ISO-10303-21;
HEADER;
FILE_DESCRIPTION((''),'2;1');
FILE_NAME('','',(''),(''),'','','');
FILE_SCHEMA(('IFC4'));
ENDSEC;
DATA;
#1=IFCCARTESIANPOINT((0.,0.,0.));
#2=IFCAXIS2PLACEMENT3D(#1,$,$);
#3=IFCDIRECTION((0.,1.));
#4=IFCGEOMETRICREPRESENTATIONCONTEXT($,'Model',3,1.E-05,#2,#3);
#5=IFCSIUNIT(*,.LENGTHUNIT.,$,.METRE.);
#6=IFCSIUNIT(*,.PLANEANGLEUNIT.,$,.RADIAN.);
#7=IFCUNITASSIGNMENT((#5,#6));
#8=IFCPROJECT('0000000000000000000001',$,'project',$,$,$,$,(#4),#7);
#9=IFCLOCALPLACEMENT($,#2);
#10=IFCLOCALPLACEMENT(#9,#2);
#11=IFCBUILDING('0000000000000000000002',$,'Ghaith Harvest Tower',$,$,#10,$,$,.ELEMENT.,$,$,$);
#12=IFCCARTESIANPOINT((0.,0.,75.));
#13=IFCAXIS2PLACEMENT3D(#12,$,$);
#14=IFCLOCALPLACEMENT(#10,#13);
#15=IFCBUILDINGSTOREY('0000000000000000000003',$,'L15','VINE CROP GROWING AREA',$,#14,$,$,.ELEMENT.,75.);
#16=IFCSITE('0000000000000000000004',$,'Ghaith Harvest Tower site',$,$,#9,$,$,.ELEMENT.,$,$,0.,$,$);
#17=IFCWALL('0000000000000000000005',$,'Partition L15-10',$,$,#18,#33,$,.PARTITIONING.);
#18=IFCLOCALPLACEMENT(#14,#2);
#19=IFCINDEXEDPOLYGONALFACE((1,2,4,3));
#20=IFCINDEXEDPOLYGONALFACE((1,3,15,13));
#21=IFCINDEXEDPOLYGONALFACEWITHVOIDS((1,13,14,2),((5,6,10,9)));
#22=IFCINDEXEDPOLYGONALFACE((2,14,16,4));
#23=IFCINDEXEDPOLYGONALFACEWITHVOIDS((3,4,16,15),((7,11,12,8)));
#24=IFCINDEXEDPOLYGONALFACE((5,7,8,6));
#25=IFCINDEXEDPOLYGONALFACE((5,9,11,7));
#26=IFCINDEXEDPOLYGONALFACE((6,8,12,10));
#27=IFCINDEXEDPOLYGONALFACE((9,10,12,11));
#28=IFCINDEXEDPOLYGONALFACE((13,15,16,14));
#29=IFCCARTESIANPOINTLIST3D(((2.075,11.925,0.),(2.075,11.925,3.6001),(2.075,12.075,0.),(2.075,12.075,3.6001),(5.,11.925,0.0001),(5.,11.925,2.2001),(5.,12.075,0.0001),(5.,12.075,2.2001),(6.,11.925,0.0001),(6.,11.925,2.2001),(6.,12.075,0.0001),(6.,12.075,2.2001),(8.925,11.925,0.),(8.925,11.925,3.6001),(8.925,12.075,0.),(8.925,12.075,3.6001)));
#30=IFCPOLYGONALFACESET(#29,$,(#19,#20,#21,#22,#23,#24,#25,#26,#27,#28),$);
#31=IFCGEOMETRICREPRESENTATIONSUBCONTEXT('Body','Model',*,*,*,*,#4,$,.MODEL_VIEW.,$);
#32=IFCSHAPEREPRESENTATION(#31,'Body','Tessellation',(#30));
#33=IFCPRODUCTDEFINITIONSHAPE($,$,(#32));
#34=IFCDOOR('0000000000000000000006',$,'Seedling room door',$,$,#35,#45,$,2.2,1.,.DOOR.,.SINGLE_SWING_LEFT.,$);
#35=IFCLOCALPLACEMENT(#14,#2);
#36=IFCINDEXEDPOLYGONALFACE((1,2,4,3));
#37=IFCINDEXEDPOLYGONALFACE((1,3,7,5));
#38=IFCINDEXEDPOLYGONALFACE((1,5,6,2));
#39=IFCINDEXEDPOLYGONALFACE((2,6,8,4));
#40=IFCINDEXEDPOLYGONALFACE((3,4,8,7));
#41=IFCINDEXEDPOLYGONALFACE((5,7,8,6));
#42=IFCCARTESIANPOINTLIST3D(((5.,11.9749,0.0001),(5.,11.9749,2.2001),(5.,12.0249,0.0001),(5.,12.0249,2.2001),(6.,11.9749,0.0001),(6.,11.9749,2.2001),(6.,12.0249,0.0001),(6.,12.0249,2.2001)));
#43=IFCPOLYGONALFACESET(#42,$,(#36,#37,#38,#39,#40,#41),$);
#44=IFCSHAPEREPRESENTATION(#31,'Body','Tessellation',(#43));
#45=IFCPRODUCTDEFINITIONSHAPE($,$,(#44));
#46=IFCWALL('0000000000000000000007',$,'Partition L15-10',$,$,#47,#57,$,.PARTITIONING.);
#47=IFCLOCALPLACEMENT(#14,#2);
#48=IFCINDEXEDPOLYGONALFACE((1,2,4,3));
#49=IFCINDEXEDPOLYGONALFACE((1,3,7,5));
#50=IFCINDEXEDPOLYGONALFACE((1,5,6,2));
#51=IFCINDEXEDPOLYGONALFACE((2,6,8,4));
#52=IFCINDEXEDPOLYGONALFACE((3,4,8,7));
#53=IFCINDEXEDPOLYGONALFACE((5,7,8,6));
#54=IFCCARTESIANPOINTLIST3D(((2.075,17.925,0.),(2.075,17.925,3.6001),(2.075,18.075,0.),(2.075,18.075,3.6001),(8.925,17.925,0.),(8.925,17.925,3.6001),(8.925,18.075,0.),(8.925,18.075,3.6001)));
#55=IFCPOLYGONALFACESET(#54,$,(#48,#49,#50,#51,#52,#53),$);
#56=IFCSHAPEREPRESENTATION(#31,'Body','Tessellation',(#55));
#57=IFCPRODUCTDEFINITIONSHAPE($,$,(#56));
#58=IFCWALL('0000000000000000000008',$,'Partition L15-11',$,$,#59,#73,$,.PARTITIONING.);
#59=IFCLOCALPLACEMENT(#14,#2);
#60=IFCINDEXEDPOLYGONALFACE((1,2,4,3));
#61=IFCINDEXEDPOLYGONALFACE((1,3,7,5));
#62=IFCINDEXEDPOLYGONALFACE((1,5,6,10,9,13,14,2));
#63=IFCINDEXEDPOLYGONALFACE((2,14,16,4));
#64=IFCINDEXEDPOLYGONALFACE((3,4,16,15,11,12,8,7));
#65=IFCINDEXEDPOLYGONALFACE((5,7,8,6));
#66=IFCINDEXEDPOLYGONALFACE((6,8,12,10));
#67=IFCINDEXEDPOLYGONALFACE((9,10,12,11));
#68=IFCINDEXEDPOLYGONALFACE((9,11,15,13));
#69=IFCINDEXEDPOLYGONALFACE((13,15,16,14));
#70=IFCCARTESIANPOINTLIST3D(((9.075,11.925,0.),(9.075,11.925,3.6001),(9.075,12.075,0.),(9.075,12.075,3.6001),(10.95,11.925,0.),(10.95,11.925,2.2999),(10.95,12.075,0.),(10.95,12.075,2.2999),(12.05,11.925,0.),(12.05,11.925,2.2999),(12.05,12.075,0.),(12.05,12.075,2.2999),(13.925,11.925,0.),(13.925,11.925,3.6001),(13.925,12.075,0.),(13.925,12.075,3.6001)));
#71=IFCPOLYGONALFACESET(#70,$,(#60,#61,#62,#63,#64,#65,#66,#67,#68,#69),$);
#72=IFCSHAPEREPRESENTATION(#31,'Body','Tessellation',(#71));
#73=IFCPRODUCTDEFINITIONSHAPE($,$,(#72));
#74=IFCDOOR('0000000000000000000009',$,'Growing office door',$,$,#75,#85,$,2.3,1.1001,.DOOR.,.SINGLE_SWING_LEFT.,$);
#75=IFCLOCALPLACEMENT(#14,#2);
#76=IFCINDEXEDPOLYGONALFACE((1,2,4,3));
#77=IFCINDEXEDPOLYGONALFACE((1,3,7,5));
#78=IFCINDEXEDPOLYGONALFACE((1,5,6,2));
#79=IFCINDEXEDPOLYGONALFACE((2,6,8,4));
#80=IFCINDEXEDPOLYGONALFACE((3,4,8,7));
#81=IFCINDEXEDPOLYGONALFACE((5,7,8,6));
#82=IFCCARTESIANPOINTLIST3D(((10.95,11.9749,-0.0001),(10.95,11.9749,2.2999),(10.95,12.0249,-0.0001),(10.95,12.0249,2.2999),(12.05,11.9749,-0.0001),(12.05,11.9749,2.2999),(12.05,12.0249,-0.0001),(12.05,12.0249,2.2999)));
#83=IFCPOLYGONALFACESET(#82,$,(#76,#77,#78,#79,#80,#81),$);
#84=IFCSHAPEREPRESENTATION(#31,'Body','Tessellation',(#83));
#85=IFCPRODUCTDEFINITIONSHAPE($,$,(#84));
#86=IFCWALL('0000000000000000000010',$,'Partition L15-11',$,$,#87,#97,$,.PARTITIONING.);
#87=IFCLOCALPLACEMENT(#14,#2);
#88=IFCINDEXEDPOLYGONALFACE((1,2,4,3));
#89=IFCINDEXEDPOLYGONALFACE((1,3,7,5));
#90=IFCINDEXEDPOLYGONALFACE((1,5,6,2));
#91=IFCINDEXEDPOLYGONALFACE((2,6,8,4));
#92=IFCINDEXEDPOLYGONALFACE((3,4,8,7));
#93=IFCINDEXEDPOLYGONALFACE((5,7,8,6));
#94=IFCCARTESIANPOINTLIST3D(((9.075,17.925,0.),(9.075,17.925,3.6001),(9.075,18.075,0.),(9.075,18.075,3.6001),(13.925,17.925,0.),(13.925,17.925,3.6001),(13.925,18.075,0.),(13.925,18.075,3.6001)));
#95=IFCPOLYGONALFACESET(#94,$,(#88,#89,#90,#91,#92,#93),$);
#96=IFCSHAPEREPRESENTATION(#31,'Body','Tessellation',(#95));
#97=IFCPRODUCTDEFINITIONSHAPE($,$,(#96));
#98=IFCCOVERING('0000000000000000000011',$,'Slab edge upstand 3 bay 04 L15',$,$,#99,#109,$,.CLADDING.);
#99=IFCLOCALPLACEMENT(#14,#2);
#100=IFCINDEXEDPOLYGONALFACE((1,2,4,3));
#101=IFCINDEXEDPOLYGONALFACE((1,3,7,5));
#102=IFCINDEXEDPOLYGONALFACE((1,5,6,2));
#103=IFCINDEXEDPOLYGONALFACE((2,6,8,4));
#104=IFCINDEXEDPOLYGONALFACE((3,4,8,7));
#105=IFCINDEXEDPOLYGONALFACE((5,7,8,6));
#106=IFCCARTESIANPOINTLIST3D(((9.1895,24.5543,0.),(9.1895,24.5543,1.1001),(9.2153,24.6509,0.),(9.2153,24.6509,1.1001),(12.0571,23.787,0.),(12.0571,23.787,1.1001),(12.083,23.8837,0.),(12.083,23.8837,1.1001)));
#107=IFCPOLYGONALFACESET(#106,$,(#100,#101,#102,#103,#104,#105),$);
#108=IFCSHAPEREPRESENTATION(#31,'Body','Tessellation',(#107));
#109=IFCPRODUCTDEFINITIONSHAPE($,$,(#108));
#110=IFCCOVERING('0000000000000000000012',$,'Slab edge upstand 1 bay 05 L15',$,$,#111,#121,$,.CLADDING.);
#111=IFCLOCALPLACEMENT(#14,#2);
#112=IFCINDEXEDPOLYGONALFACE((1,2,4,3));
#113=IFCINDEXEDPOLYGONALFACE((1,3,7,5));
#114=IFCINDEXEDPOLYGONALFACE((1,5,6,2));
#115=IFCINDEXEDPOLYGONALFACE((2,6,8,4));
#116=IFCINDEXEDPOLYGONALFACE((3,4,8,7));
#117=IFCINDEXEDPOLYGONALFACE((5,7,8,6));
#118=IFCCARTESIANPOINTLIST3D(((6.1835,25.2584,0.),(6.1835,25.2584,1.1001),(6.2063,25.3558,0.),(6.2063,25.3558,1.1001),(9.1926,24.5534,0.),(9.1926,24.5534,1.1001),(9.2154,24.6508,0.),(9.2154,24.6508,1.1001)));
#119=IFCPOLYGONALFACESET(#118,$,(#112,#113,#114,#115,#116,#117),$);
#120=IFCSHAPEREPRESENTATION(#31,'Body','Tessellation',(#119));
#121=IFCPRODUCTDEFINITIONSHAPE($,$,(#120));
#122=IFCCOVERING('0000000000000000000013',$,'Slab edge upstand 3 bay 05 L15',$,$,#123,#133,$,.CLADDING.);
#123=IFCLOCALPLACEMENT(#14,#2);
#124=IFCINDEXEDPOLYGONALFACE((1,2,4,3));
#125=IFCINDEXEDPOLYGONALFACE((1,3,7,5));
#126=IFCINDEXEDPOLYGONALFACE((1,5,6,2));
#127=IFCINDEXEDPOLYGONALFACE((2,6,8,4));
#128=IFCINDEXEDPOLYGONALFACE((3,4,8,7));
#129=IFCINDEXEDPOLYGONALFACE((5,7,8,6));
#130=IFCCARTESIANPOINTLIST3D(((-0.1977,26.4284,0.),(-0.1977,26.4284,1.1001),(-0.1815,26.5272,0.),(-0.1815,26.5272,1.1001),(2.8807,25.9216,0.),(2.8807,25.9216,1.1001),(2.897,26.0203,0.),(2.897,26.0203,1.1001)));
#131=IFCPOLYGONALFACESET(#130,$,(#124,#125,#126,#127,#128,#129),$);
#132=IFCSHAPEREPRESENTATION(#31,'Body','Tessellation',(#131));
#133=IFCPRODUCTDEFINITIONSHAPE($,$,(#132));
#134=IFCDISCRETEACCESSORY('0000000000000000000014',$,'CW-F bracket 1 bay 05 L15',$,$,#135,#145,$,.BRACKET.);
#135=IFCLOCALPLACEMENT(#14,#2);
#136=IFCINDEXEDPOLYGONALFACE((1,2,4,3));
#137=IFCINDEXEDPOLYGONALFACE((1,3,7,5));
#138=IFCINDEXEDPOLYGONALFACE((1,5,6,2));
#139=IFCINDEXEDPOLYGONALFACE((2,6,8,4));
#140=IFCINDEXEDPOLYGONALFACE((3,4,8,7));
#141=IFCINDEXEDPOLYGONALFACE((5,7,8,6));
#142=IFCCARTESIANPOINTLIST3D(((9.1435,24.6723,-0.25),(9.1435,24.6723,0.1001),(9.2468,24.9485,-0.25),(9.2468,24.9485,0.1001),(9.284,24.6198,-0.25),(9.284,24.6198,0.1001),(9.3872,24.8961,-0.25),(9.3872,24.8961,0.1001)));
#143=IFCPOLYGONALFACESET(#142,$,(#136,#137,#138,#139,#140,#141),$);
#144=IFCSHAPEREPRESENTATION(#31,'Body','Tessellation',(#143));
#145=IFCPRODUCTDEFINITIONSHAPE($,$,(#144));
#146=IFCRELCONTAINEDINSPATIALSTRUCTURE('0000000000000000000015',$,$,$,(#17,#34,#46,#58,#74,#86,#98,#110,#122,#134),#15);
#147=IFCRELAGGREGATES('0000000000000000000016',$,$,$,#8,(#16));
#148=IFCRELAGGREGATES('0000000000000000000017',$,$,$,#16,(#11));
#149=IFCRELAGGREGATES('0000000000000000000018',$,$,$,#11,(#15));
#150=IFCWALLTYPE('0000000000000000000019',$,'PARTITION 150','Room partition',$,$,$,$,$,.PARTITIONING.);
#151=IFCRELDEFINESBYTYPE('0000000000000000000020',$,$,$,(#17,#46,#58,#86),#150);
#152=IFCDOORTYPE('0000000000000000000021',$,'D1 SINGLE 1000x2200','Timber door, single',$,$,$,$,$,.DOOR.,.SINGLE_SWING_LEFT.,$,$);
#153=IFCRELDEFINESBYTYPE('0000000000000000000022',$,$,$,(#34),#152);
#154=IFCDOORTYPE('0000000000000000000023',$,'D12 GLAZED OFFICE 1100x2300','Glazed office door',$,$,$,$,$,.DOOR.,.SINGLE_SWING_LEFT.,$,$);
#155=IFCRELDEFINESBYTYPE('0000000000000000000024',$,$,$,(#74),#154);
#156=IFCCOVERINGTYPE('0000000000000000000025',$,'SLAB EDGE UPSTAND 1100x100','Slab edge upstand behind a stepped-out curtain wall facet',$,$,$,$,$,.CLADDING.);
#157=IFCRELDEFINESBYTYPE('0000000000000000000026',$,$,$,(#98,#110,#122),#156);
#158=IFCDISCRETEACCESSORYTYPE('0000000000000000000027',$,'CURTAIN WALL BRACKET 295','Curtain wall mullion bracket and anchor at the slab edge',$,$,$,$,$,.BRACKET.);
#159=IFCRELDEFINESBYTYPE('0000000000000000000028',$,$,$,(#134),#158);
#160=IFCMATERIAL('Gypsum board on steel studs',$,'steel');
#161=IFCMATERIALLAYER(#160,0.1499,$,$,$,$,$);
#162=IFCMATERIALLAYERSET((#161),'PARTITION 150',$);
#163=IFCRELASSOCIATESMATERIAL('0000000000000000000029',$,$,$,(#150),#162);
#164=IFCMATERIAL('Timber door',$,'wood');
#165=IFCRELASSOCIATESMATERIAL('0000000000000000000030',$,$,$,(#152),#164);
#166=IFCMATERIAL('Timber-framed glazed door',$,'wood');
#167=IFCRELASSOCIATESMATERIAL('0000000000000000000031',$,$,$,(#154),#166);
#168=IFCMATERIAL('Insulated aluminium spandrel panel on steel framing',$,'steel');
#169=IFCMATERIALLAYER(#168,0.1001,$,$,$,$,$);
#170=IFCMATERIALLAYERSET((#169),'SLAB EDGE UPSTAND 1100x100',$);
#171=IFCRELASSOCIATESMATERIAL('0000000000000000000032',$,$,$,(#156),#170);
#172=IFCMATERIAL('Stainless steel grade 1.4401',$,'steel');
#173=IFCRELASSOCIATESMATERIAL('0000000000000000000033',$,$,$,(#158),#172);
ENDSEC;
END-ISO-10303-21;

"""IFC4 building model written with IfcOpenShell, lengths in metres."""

from ifc_helpers import new_model, si_unit, direction, frame, frame_2d, origin, origin_2d, place, context, subcontext, project, spatial, rectangle, extrude, material, layer, layer_set, type_object, element, fill, save


model = new_model("IFC4")

# Units and contexts
model_context = context("Model", 3, precision=1e-05, world=origin(), true_north=direction((0.0, 1.0)))
body_context = subcontext(model_context, "Body", "Model", "MODEL_VIEW")
ifc_project = project(units=[si_unit("LENGTHUNIT", "METRE"), si_unit("PLANEANGLEUNIT", "RADIAN")], contexts=[model_context])

# Site, building, storey
site_placement = place(None, origin())
site = spatial("IfcSite", under=ifc_project, at=site_placement, Name="Ghaith Harvest Tower site", CompositionType="ELEMENT", RefElevation=0.0)
building_placement = place(site_placement, origin())
building = spatial("IfcBuilding", under=site, at=building_placement, Name="Ghaith Harvest Tower", CompositionType="ELEMENT")
storey_placement = place(building_placement, frame((0.0, 0.0, 75.0)))
storey = spatial("IfcBuildingStorey", under=building, at=storey_placement, Name="L15", Description="VINE CROP GROWING AREA", CompositionType="ELEMENT", Elevation=75.0)

# Shared definitions
ifc_material_1 = material(Name="Gypsum board on steel studs", Category="steel")
ifc_layer_1 = layer(ifc_material_1, 0.1499)
ifc_layer_set_1 = layer_set([ifc_layer_1], Name="PARTITION 150")
wall_type = type_object("IfcWallType", Name="PARTITION 150", Description="Room partition", PredefinedType="PARTITIONING", material=ifc_layer_set_1)

# Wall, opening, door
wall_1_placement = place(storey_placement, frame((2.075, 12.0, 0.0), z_axis=(0.0, 0.0, 1.0), x_axis=(1.0, 0.0, 0.0)))
wall_1 = element("IfcWall", 1, at=wall_1_placement, inside=storey, type_object=wall_type, Name="Partition L15-10", PredefinedType="PARTITIONING", context=body_context, shape_type="SweptSolid", body=[
    extrude(rectangle(XDim=6.8501, YDim=0.1499, at=frame_2d((3.425, 0.0))), origin(), (0.0, 0.0, 1.0), 3.6001),
])
opening_1_placement = place(wall_1_placement, frame((2.925, 0.0, 0.0)))
opening_1 = element("IfcOpeningElement", 2, at=opening_1_placement, cuts=wall_1, PredefinedType="OPENING", context=body_context, shape_type="SweptSolid", body=[
    extrude(rectangle(XDim=1.0, YDim=2.2, at=frame_2d((0.5, 1.1001))), frame((0.0, 0.085, 0.0), z_axis=(0.0, -1.0, 0.0), x_axis=(1.0, 0.0, 0.0)), (0.0, 0.0, 1.0), 0.1699),
])
ifc_material_2 = material(Name="Timber door", Category="wood")
door_type_1 = type_object("IfcDoorType", Name="D1 SINGLE 1000x2200", Description="Timber door, single", OperationType="SINGLE_SWING_LEFT", PredefinedType="DOOR", material=ifc_material_2)
door_1_placement = place(opening_1_placement, origin())
door_1 = element("IfcDoor", 3, at=door_1_placement, inside=storey, type_object=door_type_1, Name="Seedling room door", OperationType="SINGLE_SWING_LEFT", OverallHeight=2.2, OverallWidth=1.0, PredefinedType="DOOR", context=body_context, shape_type="SweptSolid", body=[
    extrude(rectangle(XDim=1.0, YDim=2.2, at=frame_2d((0.5, 1.1001))), frame((0.0, 0.0249, 0.0), z_axis=(0.0, -1.0, 0.0), x_axis=(1.0, 0.0, 0.0)), (0.0, 0.0, 1.0), 0.05),
])
fill(opening_1, door_1)

# Wall
wall_2_placement = place(storey_placement, frame((2.075, 18.0, 0.0), z_axis=(0.0, 0.0, 1.0), x_axis=(1.0, 0.0, 0.0)))
element("IfcWall", 4, at=wall_2_placement, inside=storey, type_object=wall_type, Name="Partition L15-10", PredefinedType="PARTITIONING", context=body_context, shape_type="SweptSolid", body=[
    extrude(rectangle(XDim=6.8501, YDim=0.1499, at=frame_2d((3.425, 0.0))), origin(), (0.0, 0.0, 1.0), 3.6001),
])

# Wall, opening, door
wall_3_placement = place(storey_placement, frame((9.075, 12.0, 0.0), z_axis=(0.0, 0.0, 1.0), x_axis=(1.0, 0.0, 0.0)))
wall_3 = element("IfcWall", 5, at=wall_3_placement, inside=storey, type_object=wall_type, Name="Partition L15-11", PredefinedType="PARTITIONING", context=body_context, shape_type="SweptSolid", body=[
    extrude(rectangle(XDim=4.8501, YDim=0.1499, at=frame_2d((2.425, 0.0))), origin(), (0.0, 0.0, 1.0), 3.6001),
])
opening_2_placement = place(wall_3_placement, frame((1.875, 0.0, 0.0)))
opening_2 = element("IfcOpeningElement", 6, at=opening_2_placement, cuts=wall_3, PredefinedType="OPENING", context=body_context, shape_type="SweptSolid", body=[
    extrude(rectangle(XDim=1.1001, YDim=2.3, at=frame_2d((0.55, 1.1499))), frame((0.0, 0.085, 0.0), z_axis=(0.0, -1.0, 0.0), x_axis=(1.0, 0.0, 0.0)), (0.0, 0.0, 1.0), 0.1699),
])
ifc_material_3 = material(Name="Timber-framed glazed door", Category="wood")
door_type_2 = type_object("IfcDoorType", Name="D12 GLAZED OFFICE 1100x2300", Description="Glazed office door", OperationType="SINGLE_SWING_LEFT", PredefinedType="DOOR", material=ifc_material_3)
door_2_placement = place(opening_2_placement, origin())
door_2 = element("IfcDoor", 7, at=door_2_placement, inside=storey, type_object=door_type_2, Name="Growing office door", OperationType="SINGLE_SWING_LEFT", OverallHeight=2.3, OverallWidth=1.1001, PredefinedType="DOOR", context=body_context, shape_type="SweptSolid", body=[
    extrude(rectangle(XDim=1.1001, YDim=2.3, at=frame_2d((0.55, 1.1499))), frame((0.0, 0.0249, 0.0), z_axis=(0.0, -1.0, 0.0), x_axis=(1.0, 0.0, 0.0)), (0.0, 0.0, 1.0), 0.05),
])
fill(opening_2, door_2)

# Wall
wall_4_placement = place(storey_placement, frame((9.075, 18.0, 0.0), z_axis=(0.0, 0.0, 1.0), x_axis=(1.0, 0.0, 0.0)))
element("IfcWall", 8, at=wall_4_placement, inside=storey, type_object=wall_type, Name="Partition L15-11", PredefinedType="PARTITIONING", context=body_context, shape_type="SweptSolid", body=[
    extrude(rectangle(XDim=4.8501, YDim=0.1499, at=frame_2d((2.425, 0.0))), origin(), (0.0, 0.0, 1.0), 3.6001),
])

# Coverings
ifc_material_4 = material(Name="Insulated aluminium spandrel panel on steel framing", Category="steel")
ifc_layer_2 = layer(ifc_material_4, 0.1001)
ifc_layer_set_2 = layer_set([ifc_layer_2], Name="SLAB EDGE UPSTAND 1100x100")
covering_type = type_object("IfcCoveringType", Name="SLAB EDGE UPSTAND 1100x100", Description="Slab edge upstand behind a stepped-out curtain wall facet", PredefinedType="CLADDING", material=ifc_layer_set_2)
covering_1_placement = place(storey_placement, frame((10.6362, 24.219, 0.0), z_axis=(0.0, 0.0, 1.0), x_axis=(-0.966024, 0.258451, 0.0)))
element("IfcCovering", 9, at=covering_1_placement, inside=storey, type_object=covering_type, Name="Slab edge upstand 3 bay 04 L15", PredefinedType="CLADDING", context=body_context, shape_type="SweptSolid", body=[
    extrude(rectangle(XDim=2.9685, YDim=0.1001, at=origin_2d()), origin(), (0.0, 0.0, 1.0), 1.1001),
])
covering_2_placement = place(storey_placement, frame((7.6995, 24.9546, 0.0), z_axis=(0.0, 0.0, 1.0), x_axis=(-0.973634, 0.228115, 0.0)))
element("IfcCovering", 10, at=covering_2_placement, inside=storey, type_object=covering_type, Name="Slab edge upstand 1 bay 05 L15", PredefinedType="CLADDING", context=body_context, shape_type="SweptSolid", body=[
    extrude(rectangle(XDim=3.0906, YDim=0.1001, at=origin_2d()), origin(), (0.0, 0.0, 1.0), 1.1001),
])
covering_3_placement = place(storey_placement, frame((1.3496, 26.2244, 0.0), z_axis=(0.0, 0.0, 1.0), x_axis=(-0.986716, 0.162453, 0.0)))
element("IfcCovering", 11, at=covering_3_placement, inside=storey, type_object=covering_type, Name="Slab edge upstand 3 bay 05 L15", PredefinedType="CLADDING", context=body_context, shape_type="SweptSolid", body=[
    extrude(rectangle(XDim=3.1199, YDim=0.1001, at=origin_2d()), origin(), (0.0, 0.0, 1.0), 1.1001),
])

# Discrete accessory
ifc_material_5 = material(Name="Stainless steel grade 1.4401", Category="steel")
discrete_accessory_type = type_object("IfcDiscreteAccessoryType", Name="CURTAIN WALL BRACKET 295", Description="Curtain wall mullion bracket and anchor at the slab edge", PredefinedType="BRACKET", material=ifc_material_5)
discrete_accessory_placement = place(storey_placement, frame((9.2654, 24.7842, -0.25), z_axis=(0.0, 0.0, 1.0), x_axis=(0.350168, 0.936687, 0.0)))
element("IfcDiscreteAccessory", 12, at=discrete_accessory_placement, inside=storey, type_object=discrete_accessory_type, Name="CW-F bracket 1 bay 05 L15", PredefinedType="BRACKET", context=body_context, shape_type="SweptSolid", body=[
    extrude(rectangle(XDim=0.2949, YDim=0.1499, at=origin_2d()), origin(), (0.0, 0.0, 1.0), 0.3501),
])

save(model, "model.ifc")
